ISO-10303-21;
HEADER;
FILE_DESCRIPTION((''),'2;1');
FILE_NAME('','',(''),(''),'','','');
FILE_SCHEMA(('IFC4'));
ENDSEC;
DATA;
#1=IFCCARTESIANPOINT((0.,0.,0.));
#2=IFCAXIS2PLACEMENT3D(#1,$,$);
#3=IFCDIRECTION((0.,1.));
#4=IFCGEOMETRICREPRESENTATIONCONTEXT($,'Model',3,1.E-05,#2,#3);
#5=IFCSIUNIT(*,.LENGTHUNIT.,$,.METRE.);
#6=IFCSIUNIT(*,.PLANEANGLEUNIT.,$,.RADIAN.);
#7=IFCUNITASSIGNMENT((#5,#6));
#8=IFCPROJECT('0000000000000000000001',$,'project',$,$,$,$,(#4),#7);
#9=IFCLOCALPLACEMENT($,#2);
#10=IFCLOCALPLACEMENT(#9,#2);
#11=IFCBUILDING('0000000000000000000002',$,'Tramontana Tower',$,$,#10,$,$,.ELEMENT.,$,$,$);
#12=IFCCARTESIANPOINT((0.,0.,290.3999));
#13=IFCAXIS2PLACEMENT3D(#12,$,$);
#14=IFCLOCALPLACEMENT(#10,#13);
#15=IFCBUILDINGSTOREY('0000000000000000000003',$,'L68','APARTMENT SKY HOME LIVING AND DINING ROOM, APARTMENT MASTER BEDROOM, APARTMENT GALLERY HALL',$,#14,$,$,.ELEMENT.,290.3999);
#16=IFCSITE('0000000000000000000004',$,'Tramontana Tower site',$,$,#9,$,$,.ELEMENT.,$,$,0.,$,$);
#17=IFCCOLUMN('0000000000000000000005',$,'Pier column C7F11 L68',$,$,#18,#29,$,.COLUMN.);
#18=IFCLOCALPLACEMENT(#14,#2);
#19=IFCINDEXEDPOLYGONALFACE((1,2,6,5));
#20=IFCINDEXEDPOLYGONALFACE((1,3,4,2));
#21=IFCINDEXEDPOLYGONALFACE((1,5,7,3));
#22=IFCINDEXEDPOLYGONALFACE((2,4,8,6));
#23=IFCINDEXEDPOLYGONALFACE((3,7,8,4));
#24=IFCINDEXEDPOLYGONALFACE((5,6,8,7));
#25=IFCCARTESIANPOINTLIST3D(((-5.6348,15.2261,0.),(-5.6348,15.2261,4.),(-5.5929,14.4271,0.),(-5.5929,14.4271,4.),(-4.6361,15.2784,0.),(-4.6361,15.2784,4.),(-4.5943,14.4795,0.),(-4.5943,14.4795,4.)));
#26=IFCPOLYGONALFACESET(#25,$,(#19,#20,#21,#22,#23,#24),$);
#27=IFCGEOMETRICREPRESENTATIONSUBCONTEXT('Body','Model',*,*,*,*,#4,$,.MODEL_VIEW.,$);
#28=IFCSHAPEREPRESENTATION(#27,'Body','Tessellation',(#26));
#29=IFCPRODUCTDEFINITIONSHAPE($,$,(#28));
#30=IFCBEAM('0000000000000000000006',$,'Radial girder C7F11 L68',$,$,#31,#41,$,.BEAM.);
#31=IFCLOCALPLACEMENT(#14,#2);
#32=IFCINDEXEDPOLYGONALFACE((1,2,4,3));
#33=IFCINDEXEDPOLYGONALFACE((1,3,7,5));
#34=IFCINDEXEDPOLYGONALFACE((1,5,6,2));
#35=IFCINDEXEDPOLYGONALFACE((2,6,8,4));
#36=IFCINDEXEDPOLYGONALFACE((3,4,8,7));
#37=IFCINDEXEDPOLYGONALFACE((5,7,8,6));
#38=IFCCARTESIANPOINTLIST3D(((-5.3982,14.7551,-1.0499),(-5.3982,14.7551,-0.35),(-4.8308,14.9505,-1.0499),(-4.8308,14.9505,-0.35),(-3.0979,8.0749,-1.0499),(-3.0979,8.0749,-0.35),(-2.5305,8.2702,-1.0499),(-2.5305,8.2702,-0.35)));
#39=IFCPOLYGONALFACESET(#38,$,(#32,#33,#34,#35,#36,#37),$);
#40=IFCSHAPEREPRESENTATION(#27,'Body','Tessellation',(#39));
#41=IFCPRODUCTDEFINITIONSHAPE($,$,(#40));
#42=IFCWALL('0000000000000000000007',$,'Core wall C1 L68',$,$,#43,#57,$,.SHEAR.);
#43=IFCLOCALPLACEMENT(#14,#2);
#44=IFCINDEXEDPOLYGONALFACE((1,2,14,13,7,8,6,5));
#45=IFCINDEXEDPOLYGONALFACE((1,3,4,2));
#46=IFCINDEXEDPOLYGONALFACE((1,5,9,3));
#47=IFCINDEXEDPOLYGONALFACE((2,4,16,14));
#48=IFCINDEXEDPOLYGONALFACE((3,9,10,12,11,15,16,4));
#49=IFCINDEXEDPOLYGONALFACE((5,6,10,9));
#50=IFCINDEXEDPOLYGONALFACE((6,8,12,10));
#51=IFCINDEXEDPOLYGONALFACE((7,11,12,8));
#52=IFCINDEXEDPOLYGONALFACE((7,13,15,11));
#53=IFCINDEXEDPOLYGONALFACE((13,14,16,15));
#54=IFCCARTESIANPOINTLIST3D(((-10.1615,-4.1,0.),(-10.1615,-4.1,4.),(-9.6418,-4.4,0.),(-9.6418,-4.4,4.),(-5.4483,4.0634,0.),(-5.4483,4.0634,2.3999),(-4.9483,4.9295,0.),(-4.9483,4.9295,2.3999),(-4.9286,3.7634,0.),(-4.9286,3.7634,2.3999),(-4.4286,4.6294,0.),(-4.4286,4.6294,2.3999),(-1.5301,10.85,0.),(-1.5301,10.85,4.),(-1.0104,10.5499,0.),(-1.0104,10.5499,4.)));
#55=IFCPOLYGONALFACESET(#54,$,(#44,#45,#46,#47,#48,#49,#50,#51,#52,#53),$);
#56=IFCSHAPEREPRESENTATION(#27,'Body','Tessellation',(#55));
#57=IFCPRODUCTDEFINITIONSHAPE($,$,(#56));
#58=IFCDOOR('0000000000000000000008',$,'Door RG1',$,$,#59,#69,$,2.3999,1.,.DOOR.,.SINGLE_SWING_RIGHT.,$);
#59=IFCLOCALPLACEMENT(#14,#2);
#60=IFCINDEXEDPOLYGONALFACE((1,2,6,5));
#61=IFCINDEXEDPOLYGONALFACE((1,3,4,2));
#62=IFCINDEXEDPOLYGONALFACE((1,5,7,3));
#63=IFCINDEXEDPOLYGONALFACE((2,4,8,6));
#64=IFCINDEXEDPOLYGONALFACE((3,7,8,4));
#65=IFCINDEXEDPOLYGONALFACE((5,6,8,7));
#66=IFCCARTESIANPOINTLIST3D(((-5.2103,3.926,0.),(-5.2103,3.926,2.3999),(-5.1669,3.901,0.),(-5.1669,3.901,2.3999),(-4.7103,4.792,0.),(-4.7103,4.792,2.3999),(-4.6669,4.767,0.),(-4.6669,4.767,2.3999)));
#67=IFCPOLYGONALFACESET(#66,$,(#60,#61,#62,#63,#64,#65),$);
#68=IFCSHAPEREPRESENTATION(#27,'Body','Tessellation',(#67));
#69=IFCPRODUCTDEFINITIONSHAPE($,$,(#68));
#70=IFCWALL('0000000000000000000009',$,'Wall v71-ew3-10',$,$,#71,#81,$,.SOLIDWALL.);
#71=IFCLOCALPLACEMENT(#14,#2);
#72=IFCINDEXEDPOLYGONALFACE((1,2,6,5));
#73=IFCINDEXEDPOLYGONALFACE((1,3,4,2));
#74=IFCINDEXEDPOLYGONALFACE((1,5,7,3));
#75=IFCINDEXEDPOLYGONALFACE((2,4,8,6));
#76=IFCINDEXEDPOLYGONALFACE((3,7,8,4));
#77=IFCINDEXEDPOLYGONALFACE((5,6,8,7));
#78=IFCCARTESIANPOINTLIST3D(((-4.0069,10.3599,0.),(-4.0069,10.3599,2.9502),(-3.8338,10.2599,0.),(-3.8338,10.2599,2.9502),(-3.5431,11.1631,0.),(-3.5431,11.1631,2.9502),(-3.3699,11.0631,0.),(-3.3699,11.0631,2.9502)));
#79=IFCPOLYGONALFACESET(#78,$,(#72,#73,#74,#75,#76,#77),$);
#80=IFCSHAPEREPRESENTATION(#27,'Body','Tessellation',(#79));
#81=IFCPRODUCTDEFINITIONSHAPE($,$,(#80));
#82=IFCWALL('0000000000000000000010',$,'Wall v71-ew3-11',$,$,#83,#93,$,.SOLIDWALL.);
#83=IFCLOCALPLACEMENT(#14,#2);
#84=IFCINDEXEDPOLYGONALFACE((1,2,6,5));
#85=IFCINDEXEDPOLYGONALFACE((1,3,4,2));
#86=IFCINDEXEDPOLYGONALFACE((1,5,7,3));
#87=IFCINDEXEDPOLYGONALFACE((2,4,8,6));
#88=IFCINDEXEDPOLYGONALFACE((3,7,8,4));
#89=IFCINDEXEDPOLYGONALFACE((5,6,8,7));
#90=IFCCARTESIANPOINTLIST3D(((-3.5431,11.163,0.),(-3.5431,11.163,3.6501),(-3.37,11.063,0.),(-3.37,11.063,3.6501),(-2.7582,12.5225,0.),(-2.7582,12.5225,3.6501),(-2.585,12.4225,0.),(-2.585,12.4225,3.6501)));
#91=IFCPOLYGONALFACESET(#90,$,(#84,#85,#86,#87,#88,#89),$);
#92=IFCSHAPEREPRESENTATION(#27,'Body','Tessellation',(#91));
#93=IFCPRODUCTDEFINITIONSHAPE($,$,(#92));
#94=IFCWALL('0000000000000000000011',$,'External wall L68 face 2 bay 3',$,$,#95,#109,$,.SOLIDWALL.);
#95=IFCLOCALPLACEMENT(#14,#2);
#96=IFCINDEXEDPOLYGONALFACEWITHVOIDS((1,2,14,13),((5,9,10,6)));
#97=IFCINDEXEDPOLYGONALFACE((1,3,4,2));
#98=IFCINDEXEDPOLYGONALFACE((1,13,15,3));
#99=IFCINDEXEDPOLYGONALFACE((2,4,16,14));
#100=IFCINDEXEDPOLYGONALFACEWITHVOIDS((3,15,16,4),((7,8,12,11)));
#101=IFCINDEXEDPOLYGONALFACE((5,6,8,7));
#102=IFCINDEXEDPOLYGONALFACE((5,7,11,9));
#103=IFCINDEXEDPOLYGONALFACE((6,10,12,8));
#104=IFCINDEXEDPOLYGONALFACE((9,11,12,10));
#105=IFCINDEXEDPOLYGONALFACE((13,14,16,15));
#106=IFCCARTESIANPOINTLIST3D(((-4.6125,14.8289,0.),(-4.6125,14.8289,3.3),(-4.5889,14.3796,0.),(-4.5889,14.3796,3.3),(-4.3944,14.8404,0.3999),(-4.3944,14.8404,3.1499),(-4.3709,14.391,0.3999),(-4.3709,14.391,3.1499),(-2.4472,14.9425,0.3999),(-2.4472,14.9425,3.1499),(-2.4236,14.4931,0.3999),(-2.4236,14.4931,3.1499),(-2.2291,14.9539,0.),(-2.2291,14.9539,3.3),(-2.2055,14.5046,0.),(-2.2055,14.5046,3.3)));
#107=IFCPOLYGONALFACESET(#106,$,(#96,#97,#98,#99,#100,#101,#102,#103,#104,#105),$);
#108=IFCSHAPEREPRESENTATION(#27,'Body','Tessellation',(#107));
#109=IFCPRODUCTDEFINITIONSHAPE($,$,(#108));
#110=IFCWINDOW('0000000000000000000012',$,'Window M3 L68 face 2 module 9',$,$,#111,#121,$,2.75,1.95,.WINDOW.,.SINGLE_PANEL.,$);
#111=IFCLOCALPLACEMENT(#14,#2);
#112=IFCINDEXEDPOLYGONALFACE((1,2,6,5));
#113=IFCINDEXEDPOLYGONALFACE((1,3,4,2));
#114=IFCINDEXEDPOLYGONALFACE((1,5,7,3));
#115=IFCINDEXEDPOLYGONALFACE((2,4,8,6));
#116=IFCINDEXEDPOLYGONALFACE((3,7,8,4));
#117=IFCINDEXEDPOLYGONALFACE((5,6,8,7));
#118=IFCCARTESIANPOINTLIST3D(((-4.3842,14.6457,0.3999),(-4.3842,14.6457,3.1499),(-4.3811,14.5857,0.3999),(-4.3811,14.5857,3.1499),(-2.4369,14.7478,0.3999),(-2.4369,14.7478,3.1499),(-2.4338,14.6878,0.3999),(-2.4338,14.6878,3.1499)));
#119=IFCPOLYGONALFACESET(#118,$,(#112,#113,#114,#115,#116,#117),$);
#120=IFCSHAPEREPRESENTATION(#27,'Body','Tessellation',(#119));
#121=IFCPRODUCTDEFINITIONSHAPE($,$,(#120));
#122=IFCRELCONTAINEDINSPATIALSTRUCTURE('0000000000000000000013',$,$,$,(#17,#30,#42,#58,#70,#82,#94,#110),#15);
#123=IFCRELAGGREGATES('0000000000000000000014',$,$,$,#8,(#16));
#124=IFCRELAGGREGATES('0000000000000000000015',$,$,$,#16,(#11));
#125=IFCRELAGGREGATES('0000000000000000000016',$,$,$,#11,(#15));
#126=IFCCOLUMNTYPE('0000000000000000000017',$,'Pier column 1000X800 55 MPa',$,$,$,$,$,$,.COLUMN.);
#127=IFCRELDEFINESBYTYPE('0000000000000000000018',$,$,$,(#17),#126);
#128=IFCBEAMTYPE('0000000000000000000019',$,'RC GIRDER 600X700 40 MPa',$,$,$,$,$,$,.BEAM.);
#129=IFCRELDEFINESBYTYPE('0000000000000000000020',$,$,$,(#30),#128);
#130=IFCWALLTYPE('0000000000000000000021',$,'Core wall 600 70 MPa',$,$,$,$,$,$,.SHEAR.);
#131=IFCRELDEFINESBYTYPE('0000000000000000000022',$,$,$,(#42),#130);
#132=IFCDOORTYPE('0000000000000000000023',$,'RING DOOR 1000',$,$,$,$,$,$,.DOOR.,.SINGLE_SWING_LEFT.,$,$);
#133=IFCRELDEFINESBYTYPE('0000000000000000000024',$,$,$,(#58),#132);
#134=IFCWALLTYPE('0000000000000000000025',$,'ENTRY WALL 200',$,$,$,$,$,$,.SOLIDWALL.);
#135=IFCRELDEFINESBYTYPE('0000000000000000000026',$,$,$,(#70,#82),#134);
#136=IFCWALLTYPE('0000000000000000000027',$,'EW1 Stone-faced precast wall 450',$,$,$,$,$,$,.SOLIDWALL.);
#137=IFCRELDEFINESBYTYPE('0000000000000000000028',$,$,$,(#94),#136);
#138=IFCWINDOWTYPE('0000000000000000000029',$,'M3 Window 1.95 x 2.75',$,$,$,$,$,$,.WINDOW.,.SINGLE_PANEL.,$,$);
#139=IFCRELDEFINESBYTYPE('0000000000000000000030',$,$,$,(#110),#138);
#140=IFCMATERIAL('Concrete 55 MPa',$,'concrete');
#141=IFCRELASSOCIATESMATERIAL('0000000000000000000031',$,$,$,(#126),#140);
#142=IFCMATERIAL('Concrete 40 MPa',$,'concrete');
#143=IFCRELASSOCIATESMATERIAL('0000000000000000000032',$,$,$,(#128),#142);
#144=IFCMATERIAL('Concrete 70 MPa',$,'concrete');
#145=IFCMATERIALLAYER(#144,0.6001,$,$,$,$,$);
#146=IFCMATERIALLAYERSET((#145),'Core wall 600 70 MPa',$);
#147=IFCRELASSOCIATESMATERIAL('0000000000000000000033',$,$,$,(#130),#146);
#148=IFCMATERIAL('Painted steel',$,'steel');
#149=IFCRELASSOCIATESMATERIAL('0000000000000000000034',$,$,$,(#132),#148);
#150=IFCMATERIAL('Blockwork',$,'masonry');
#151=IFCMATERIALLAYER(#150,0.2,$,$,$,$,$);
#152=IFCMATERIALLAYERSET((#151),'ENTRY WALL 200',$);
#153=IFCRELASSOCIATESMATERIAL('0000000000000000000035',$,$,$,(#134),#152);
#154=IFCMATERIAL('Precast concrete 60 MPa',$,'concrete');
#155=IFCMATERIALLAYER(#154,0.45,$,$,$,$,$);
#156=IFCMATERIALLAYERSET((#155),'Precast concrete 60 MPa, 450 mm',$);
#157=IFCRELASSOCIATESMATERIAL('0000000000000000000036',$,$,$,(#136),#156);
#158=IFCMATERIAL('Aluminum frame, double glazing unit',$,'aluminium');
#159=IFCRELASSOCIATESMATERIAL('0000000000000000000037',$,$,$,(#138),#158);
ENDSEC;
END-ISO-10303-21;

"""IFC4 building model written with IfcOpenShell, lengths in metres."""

from ifc_helpers import new_model, si_unit, direction, frame, frame_2d, origin, origin_2d, place, context, subcontext, project, spatial, rectangle, extrude, material, layer, layer_set, material_profile, profile_set, type_object, element, fill, save


model = new_model("IFC4")

# Units and contexts
model_context = context("Model", 3, precision=1e-05, world=origin(), true_north=direction((0.0, 1.0)))
body_context = subcontext(model_context, "Body", "Model", "MODEL_VIEW")
ifc_project = project(units=[si_unit("LENGTHUNIT", "METRE"), si_unit("PLANEANGLEUNIT", "RADIAN")], contexts=[model_context])

# Site, building, storey
site_placement = place(None, origin())
site = spatial("IfcSite", under=ifc_project, at=site_placement, Name="Tramontana Tower site", CompositionType="ELEMENT", RefElevation=0.0)
building_placement = place(site_placement, origin())
building = spatial("IfcBuilding", under=site, at=building_placement, Name="Tramontana Tower", CompositionType="ELEMENT")
storey_placement = place(building_placement, frame((0.0, 0.0, 290.3999)))
storey = spatial("IfcBuildingStorey", under=building, at=storey_placement, Name="L68", Description="APARTMENT SKY HOME LIVING AND DINING ROOM, APARTMENT MASTER BEDROOM, APARTMENT GALLERY HALL", CompositionType="ELEMENT", Elevation=290.3999)

# Column
ifc_material_1 = material(Name="Concrete 55 MPa", Category="concrete")
ifc_material_profile_1 = material_profile(ifc_material_1, rectangle(XDim=1.0, YDim=0.8, at=origin_2d()), Name="Pier column 1000X800 55 MPa")
ifc_profile_set_1 = profile_set([ifc_material_profile_1], Name="Concrete 55 MPa")
column_type = type_object("IfcColumnType", Name="Pier column 1000X800 55 MPa", PredefinedType="COLUMN", material=ifc_profile_set_1)
column_placement = place(storey_placement, frame((-5.1145, 14.8528, 0.0), z_axis=(0.0, 0.0, 1.0), x_axis=(-0.99863, -0.052336, 0.0)))
element("IfcColumn", 1, at=column_placement, inside=storey, type_object=column_type, Name="Pier column C7F11 L68", PredefinedType="COLUMN", context=body_context, shape_type="SweptSolid", body=[
    extrude(rectangle(XDim=1.0, YDim=0.8, at=origin_2d()), origin(), (0.0, 0.0, 1.0), 4.0),
])

# Beam
ifc_material_2 = material(Name="Concrete 40 MPa", Category="concrete")
ifc_material_profile_2 = material_profile(ifc_material_2, rectangle(XDim=0.6001, YDim=0.7, at=origin_2d()), Name="RC GIRDER 600X700 40 MPa")
ifc_profile_set_2 = profile_set([ifc_material_profile_2], Name="Concrete 40 MPa")
beam_type = type_object("IfcBeamType", Name="RC GIRDER 600X700 40 MPa", PredefinedType="BEAM", material=ifc_profile_set_2)
beam_placement = place(storey_placement, frame((-5.1145, 14.8528, -0.7), z_axis=(0.325584, -0.945513, 0.0), x_axis=(0.945513, 0.325584, 0.0)))
element("IfcBeam", 2, at=beam_placement, inside=storey, type_object=beam_type, Name="Radial girder C7F11 L68", PredefinedType="BEAM", context=body_context, shape_type="SweptSolid", body=[
    extrude(rectangle(XDim=0.6001, YDim=0.7, at=origin_2d()), origin(), (0.0, 0.0, 1.0), 7.0652),
])

# Wall, opening, door
ifc_material_3 = material(Name="Concrete 70 MPa", Category="concrete")
ifc_layer_1 = layer(ifc_material_3, 0.6001)
ifc_layer_set_1 = layer_set([ifc_layer_1], Name="Core wall 600 70 MPa")
wall_type_1 = type_object("IfcWallType", Name="Core wall 600 70 MPa", PredefinedType="SHEAR", material=ifc_layer_set_1)
wall_1_placement = place(storey_placement, frame((-1.2703, 10.7, 0.0), z_axis=(0.0, 0.0, 1.0), x_axis=(-0.5, -0.866026, 0.0)))
wall_1 = element("IfcWall", 3, at=wall_1_placement, inside=storey, type_object=wall_type_1, Name="Core wall C1 L68", PredefinedType="SHEAR", context=body_context, shape_type="SweptSolid", body=[
    extrude(rectangle(XDim=17.2627, YDim=0.6001, at=frame_2d((8.6313, 0.0))), origin(), (0.0, 0.0, 1.0), 4.0),
])
opening_1_placement = place(wall_1_placement, frame((6.8364, 0.0, 0.0)))
opening_1 = element("IfcOpeningElement", 4, at=opening_1_placement, cuts=wall_1, PredefinedType="OPENING", context=body_context, shape_type="SweptSolid", body=[
    extrude(rectangle(XDim=1.0, YDim=2.3999, at=frame_2d((0.5, 1.2))), frame((0.0, 0.3101, 0.0), z_axis=(0.0, -1.0, 0.0), x_axis=(1.0, 0.0, 0.0)), (0.0, 0.0, 1.0), 0.6201),
])
ifc_material_4 = material(Name="Painted steel", Category="steel")
door_type_1 = type_object("IfcDoorType", Name="RING DOOR 1000", OperationType="SINGLE_SWING_LEFT", PredefinedType="DOOR", material=ifc_material_4)
door_1_placement = place(opening_1_placement, origin())
door_1 = element("IfcDoor", 5, at=door_1_placement, inside=storey, type_object=door_type_1, Name="Door RG1", OperationType="SINGLE_SWING_RIGHT", OverallHeight=2.3999, OverallWidth=1.0, PredefinedType="DOOR", context=body_context, shape_type="SweptSolid", body=[
    extrude(rectangle(XDim=1.0, YDim=2.3999, at=frame_2d((0.5, 1.2))), frame((0.0, 0.0249, 0.0), z_axis=(0.0, -1.0, 0.0), x_axis=(1.0, 0.0, 0.0)), (0.0, 0.0, 1.0), 0.05),
])
fill(opening_1, door_1)

# Walls
ifc_material_5 = material(Name="Blockwork", Category="masonry")
ifc_layer_2 = layer(ifc_material_5, 0.2)
ifc_layer_set_2 = layer_set([ifc_layer_2], Name="ENTRY WALL 200")
wall_type_2 = type_object("IfcWallType", Name="ENTRY WALL 200", PredefinedType="SOLIDWALL", material=ifc_layer_set_2)
wall_2_placement = place(storey_placement, frame((-3.9204, 10.3098, 0.0), z_axis=(0.0, 0.0, 1.0), x_axis=(0.500102, 0.865966, 0.0)))
element("IfcWall", 6, at=wall_2_placement, inside=storey, type_object=wall_type_2, Name="Wall v71-ew3-10", PredefinedType="SOLIDWALL", context=body_context, shape_type="SweptSolid", body=[
    extrude(rectangle(XDim=0.9275, YDim=0.2, at=frame_2d((0.4639, 0.0))), origin(), (0.0, 0.0, 1.0), 2.9502),
])
wall_3_placement = place(storey_placement, frame((-3.4565, 11.113, 0.0), z_axis=(0.0, 0.0, 1.0), x_axis=(0.500037, 0.866004, 0.0)))
element("IfcWall", 7, at=wall_3_placement, inside=storey, type_object=wall_type_2, Name="Wall v71-ew3-11", PredefinedType="SOLIDWALL", context=body_context, shape_type="SweptSolid", body=[
    extrude(rectangle(XDim=1.5698, YDim=0.2, at=frame_2d((0.7849, 0.0))), origin(), (0.0, 0.0, 1.0), 3.6501),
])

# Wall, opening, window
ifc_material_6 = material(Name="Precast concrete 60 MPa", Category="concrete")
ifc_layer_3 = layer(ifc_material_6, 0.45)
ifc_layer_set_3 = layer_set([ifc_layer_3], Name="Precast concrete 60 MPa, 450 mm")
wall_type_3 = type_object("IfcWallType", Name="EW1 Stone-faced precast wall 450", PredefinedType="SOLIDWALL", material=ifc_layer_set_3)
wall_4_placement = place(storey_placement, frame((-2.2173, 14.7292, 0.0), z_axis=(0.0, 0.0, 1.0), x_axis=(-0.998628, -0.052371, 0.0)))
wall_4 = element("IfcWall", 8, at=wall_4_placement, inside=storey, type_object=wall_type_3, Name="External wall L68 face 2 bay 3", PredefinedType="SOLIDWALL", context=body_context, shape_type="SweptSolid", body=[
    extrude(rectangle(XDim=2.3867, YDim=0.45, at=frame_2d((1.1934, 0.0))), origin(), (0.0, 0.0, 1.0), 3.3),
])
opening_2_placement = place(wall_4_placement, frame((0.2183, 0.0, 0.3999)))
opening_2 = element("IfcOpeningElement", 9, at=opening_2_placement, cuts=wall_4, PredefinedType="OPENING", context=body_context, shape_type="SweptSolid", body=[
    extrude(rectangle(XDim=1.95, YDim=2.75, at=frame_2d((0.9751, 1.375))), frame((0.0, 0.2349, 0.0), z_axis=(0.0, -1.0, 0.0), x_axis=(1.0, 0.0, 0.0)), (0.0, 0.0, 1.0), 0.47),
])
ifc_material_7 = material(Name="Aluminum frame, double glazing unit", Category="aluminium")
window_type_1 = type_object("IfcWindowType", Name="M3 Window 1.95 x 2.75", PartitioningType="SINGLE_PANEL", PredefinedType="WINDOW", material=ifc_material_7)
window_1_placement = place(opening_2_placement, origin())
window_1 = element("IfcWindow", 10, at=window_1_placement, inside=storey, type_object=window_type_1, Name="Window M3 L68 face 2 module 9", OverallHeight=2.75, OverallWidth=1.95, PartitioningType="SINGLE_PANEL", PredefinedType="WINDOW", context=body_context, shape_type="SweptSolid", body=[
    extrude(rectangle(XDim=1.95, YDim=2.75, at=frame_2d((0.9751, 1.375))), frame((0.0, 0.03, 0.0), z_axis=(0.0, -1.0, 0.0), x_axis=(1.0, 0.0, 0.0)), (0.0, 0.0, 1.0), 0.0601),
])
fill(opening_2, window_1)

save(model, "model.ifc")
